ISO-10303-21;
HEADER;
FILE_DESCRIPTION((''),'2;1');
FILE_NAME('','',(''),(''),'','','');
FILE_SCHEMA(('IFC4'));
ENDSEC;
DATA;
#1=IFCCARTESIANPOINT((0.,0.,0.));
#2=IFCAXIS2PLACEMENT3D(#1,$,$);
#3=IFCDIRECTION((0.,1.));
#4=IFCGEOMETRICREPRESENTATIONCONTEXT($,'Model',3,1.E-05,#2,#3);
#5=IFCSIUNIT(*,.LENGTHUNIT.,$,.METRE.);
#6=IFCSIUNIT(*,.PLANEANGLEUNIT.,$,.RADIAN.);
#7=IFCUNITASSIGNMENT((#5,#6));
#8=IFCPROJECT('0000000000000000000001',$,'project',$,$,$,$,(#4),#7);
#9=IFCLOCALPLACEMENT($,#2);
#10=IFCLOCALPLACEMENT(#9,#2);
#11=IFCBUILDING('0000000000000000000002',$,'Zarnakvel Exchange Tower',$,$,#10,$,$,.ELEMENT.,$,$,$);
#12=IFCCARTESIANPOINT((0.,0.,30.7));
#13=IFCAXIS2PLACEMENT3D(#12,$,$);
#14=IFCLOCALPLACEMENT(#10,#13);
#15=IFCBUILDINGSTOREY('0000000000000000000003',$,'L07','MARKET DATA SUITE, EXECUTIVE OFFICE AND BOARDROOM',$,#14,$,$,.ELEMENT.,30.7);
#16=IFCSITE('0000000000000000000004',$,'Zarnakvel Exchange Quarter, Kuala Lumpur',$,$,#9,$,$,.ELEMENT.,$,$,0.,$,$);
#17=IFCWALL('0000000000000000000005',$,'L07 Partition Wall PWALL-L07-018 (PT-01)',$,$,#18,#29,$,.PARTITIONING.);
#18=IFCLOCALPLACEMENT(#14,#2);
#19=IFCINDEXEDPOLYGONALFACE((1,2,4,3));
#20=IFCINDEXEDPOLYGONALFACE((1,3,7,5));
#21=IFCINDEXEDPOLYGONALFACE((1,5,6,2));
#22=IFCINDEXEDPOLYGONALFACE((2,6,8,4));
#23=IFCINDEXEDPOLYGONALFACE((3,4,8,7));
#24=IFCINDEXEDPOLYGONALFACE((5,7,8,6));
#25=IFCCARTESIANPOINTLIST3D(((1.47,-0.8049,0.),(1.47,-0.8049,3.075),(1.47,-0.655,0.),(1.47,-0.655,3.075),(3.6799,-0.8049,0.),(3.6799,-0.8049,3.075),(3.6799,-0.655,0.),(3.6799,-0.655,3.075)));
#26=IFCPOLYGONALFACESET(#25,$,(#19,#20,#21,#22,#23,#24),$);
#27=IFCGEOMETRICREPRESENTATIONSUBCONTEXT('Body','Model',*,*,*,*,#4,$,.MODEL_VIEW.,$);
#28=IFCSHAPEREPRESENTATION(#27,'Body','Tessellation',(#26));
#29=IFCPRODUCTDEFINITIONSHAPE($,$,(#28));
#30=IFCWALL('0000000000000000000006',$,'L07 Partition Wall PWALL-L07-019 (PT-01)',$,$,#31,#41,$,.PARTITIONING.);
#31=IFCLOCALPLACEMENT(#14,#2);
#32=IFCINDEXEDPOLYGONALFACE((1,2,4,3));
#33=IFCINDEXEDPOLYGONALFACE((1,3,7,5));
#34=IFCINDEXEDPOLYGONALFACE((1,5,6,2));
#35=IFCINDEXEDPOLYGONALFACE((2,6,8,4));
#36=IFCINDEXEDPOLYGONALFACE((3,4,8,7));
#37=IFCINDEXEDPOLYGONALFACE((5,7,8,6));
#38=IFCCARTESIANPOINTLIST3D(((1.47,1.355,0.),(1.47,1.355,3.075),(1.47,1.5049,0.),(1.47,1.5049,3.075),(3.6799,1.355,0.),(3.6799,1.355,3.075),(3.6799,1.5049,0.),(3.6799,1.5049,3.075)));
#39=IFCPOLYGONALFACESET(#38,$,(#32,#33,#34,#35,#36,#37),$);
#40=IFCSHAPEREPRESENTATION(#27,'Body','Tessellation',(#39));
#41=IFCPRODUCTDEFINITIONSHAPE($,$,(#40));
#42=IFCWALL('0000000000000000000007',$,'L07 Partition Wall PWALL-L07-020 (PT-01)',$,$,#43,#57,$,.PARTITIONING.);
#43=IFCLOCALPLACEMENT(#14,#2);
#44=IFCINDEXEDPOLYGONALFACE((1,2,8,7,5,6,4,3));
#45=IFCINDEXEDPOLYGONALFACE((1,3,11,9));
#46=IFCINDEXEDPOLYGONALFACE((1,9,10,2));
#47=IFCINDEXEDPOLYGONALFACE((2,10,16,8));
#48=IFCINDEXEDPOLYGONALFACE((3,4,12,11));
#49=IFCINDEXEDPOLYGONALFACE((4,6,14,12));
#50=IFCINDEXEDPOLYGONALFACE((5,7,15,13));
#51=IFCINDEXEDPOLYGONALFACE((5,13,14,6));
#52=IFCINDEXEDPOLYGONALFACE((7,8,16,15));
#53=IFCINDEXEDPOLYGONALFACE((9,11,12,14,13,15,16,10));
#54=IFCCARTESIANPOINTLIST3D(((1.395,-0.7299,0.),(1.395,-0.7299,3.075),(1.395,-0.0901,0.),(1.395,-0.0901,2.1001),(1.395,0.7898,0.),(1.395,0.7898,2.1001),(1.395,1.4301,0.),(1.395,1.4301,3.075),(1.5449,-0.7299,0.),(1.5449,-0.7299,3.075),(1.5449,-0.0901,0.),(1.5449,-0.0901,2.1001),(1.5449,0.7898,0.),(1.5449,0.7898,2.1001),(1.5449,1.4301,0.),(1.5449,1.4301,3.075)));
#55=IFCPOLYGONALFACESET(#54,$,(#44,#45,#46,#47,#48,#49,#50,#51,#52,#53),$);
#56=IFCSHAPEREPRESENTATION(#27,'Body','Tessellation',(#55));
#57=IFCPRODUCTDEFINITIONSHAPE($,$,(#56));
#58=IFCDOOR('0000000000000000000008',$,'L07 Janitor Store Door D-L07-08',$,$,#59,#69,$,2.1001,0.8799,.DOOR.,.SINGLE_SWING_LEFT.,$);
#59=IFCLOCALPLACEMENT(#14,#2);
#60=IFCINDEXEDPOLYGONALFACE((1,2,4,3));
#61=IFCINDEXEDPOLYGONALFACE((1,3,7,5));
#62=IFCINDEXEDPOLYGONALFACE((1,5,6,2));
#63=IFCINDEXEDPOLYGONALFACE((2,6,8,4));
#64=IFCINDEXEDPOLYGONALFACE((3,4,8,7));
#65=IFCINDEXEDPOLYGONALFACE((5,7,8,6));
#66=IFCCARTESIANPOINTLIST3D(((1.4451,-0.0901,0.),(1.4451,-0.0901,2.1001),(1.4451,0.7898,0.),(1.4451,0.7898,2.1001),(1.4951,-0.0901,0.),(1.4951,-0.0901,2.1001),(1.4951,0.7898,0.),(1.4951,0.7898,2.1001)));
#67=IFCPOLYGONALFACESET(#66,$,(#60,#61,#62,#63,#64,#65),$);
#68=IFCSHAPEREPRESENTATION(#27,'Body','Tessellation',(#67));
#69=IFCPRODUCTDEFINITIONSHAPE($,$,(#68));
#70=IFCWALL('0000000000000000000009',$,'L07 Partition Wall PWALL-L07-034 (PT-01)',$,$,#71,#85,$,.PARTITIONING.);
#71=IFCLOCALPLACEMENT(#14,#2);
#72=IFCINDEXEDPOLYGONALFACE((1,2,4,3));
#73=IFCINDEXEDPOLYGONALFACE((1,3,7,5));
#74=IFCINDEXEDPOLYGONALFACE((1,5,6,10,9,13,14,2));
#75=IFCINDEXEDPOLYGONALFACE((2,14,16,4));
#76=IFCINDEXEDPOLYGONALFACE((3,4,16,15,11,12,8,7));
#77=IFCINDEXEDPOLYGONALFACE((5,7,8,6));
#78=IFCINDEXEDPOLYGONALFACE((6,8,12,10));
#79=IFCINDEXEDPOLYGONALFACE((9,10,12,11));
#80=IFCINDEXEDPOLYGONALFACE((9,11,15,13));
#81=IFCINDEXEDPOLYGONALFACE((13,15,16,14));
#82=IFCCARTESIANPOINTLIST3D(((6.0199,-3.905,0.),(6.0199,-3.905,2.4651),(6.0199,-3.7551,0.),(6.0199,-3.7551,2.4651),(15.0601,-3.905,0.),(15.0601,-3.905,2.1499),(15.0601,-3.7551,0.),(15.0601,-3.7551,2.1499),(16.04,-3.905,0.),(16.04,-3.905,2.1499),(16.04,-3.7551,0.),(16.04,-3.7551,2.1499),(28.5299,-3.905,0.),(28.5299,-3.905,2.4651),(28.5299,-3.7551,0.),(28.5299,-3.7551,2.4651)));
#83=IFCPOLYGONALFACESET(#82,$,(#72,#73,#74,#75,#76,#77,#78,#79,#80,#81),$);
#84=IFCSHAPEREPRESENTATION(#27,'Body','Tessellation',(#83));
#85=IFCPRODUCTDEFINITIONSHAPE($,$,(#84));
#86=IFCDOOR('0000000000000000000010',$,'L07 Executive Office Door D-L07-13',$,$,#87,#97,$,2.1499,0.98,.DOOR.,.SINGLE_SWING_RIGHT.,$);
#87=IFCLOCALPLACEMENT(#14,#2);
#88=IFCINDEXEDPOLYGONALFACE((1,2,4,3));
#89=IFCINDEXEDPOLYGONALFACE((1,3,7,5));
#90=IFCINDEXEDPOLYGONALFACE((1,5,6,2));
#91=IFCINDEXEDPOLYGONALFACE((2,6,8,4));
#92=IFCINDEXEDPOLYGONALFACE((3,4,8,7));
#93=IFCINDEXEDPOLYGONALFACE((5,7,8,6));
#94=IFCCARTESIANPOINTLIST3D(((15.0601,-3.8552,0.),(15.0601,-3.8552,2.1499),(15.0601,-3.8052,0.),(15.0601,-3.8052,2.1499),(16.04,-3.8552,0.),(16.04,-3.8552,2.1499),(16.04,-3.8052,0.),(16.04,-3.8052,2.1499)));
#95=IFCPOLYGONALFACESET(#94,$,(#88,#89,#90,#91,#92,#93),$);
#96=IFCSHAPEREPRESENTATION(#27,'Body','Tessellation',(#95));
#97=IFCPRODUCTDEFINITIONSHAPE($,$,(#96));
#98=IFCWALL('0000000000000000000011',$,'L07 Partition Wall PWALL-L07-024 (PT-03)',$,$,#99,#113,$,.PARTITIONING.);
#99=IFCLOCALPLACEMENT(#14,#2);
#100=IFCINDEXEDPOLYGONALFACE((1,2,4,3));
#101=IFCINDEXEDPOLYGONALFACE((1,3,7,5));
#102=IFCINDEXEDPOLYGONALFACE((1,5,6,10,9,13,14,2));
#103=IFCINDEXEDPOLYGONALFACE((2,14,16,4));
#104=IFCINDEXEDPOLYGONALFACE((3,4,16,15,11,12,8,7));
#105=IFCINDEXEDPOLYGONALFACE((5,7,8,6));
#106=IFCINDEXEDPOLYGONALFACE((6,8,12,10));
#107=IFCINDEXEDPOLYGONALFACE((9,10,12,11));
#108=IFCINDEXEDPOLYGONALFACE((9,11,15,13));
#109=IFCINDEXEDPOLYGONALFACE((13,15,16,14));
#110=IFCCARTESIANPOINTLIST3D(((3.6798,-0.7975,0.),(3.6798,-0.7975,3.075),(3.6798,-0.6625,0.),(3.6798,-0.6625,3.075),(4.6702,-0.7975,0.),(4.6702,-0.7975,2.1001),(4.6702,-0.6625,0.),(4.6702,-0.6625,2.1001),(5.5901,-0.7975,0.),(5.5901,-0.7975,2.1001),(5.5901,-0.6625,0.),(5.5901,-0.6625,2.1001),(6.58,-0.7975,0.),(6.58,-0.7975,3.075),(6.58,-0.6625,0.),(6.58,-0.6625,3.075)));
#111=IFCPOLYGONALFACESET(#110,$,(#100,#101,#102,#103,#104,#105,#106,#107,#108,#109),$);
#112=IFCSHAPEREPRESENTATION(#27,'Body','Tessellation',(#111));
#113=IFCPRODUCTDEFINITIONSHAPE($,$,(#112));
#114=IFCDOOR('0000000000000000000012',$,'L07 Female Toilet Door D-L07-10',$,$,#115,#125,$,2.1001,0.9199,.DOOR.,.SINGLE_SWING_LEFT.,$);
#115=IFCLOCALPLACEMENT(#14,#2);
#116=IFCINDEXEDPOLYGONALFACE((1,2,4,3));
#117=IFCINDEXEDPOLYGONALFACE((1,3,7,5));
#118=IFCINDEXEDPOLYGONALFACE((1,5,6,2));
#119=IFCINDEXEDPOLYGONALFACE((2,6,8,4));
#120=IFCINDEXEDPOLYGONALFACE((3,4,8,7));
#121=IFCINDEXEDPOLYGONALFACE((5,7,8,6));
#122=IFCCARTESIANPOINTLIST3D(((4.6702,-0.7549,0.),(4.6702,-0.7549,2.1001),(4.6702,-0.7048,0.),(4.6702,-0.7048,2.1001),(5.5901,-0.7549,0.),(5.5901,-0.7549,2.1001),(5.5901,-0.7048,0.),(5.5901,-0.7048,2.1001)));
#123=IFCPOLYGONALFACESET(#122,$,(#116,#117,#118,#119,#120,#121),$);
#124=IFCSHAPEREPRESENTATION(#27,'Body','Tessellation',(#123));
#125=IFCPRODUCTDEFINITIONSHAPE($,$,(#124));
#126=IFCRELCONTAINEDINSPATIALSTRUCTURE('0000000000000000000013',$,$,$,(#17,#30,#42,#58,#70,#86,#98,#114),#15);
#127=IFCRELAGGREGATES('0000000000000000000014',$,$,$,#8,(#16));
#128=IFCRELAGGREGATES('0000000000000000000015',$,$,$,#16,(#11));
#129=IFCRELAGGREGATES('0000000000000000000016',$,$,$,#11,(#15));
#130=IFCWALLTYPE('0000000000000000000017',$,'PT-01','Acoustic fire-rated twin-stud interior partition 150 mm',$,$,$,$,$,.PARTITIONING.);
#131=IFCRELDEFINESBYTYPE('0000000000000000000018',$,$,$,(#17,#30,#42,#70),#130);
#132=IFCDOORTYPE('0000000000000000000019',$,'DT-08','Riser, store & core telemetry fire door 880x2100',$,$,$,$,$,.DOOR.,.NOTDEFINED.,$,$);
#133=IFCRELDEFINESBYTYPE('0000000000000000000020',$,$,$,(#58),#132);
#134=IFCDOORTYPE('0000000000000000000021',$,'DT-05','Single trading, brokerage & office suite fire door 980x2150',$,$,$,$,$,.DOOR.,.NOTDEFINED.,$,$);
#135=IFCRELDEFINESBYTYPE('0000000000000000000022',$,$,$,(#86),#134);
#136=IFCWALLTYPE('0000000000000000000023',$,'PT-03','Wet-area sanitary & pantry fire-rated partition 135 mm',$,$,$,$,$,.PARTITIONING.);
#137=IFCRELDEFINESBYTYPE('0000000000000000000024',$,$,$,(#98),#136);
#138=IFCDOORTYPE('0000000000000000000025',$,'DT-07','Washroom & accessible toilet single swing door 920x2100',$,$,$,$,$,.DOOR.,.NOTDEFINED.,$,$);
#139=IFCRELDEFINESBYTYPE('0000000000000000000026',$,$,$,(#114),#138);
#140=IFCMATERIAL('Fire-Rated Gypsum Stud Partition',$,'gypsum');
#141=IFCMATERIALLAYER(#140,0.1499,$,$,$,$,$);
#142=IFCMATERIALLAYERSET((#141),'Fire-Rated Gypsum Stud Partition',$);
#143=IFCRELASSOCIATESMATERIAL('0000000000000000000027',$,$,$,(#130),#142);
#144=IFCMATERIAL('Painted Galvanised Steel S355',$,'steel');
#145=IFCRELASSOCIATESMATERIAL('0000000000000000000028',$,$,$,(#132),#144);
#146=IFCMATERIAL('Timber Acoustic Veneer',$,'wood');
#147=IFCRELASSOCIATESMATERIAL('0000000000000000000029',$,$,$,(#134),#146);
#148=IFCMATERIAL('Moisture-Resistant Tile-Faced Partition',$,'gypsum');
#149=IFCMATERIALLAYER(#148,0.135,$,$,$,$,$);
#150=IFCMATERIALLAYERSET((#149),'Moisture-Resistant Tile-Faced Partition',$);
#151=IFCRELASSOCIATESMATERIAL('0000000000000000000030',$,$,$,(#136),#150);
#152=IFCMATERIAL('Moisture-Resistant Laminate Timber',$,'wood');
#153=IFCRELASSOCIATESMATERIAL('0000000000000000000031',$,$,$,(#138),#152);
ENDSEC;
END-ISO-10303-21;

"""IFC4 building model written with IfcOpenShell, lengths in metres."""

from ifc_helpers import new_model, si_unit, direction, frame, frame_2d, origin, place, context, subcontext, project, spatial, rectangle, extrude, source, transform, mapped, material, layer, layer_set, type_object, element, fill, save


model = new_model("IFC4")

# Units and contexts
model_context = context("Model", 3, precision=1e-05, world=origin(), true_north=direction((0.0, 1.0)))
body_context = subcontext(model_context, "Body", "Model", "MODEL_VIEW")
ifc_project = project(units=[si_unit("LENGTHUNIT", "METRE"), si_unit("PLANEANGLEUNIT", "RADIAN")], contexts=[model_context])

# Site, building, storey
site_placement = place(None, origin())
site = spatial("IfcSite", under=ifc_project, at=site_placement, Name="Zarnakvel Exchange Quarter, Kuala Lumpur", CompositionType="ELEMENT", RefElevation=0.0)
building_placement = place(site_placement, origin())
building = spatial("IfcBuilding", under=site, at=building_placement, Name="Zarnakvel Exchange Tower", CompositionType="ELEMENT")
storey_placement = place(building_placement, frame((0.0, 0.0, 30.7)))
storey = spatial("IfcBuildingStorey", under=building, at=storey_placement, Name="L07", Description="MARKET DATA SUITE, EXECUTIVE OFFICE AND BOARDROOM", CompositionType="ELEMENT", Elevation=30.7)

# Walls
ifc_material_1 = material(Name="Fire-Rated Gypsum Stud Partition", Category="gypsum")
ifc_layer_1 = layer(ifc_material_1, 0.1499)
ifc_layer_set_1 = layer_set([ifc_layer_1], Name="Fire-Rated Gypsum Stud Partition")
wall_type_1 = type_object("IfcWallType", Name="PT-01", Description="Acoustic fire-rated twin-stud interior partition 150 mm", PredefinedType="PARTITIONING", material=ifc_layer_set_1)
for number, where, z_axis, x_axis, name in (
    (1, (3.6799, -0.73, 0.0), (0.0, 0.0, 1.0), (-1.0, 0.0, 0.0), "L07 Partition Wall PWALL-L07-018 (PT-01)"),
    (2, (1.47, 1.4299, 0.0), (0.0, 0.0, 1.0), (1.0, 0.0, 0.0), "L07 Partition Wall PWALL-L07-019 (PT-01)"),
):
    element("IfcWall", number, at=place(storey_placement, frame(where, z_axis=z_axis, x_axis=x_axis)), inside=storey, type_object=wall_type_1, Name=name, PredefinedType="PARTITIONING", context=body_context, shape_type="SweptSolid", body=[
        extrude(rectangle(XDim=2.21, YDim=0.1499, at=frame_2d((1.105, 0.0))), origin(), (0.0, 0.0, 1.0), 3.075),
    ])

# Walls, openings, doors
wall_1_placement = place(storey_placement, frame((1.47, -0.73, 0.0), z_axis=(0.0, 0.0, 1.0), x_axis=(0.0, 1.0, 0.0)))
wall_1 = element("IfcWall", 3, at=wall_1_placement, inside=storey, type_object=wall_type_1, Name="L07 Partition Wall PWALL-L07-020 (PT-01)", PredefinedType="PARTITIONING", context=body_context, shape_type="SweptSolid", body=[
    extrude(rectangle(XDim=2.1599, YDim=0.1499, at=frame_2d((1.0801, 0.0))), origin(), (0.0, 0.0, 1.0), 3.075),
])
opening_1_placement = place(wall_1_placement, frame((0.6399, 0.0, 0.0)))
opening_1 = element("IfcOpeningElement", 4, at=opening_1_placement, cuts=wall_1, PredefinedType="OPENING", context=body_context, shape_type="SweptSolid", body=[
    extrude(rectangle(XDim=0.8799, YDim=2.1001, at=frame_2d((0.4399, 1.05))), frame((0.0, 0.085, 0.0), z_axis=(0.0, -1.0, 0.0), x_axis=(1.0, 0.0, 0.0)), (0.0, 0.0, 1.0), 0.1699),
])
ifc_material_2 = material(Name="Painted Galvanised Steel S355", Category="steel")
door_type_1 = type_object("IfcDoorType", Name="DT-08", Description="Riser, store & core telemetry fire door 880x2100", OperationType="NOTDEFINED", PredefinedType="DOOR", material=ifc_material_2)
shared_shape_1 = source(origin(), body_context, "Body", "SweptSolid", [
    extrude(rectangle(XDim=0.8799, YDim=2.1001, at=frame_2d((0.4399, 1.05))), frame((0.0, 0.0249, 0.0), z_axis=(0.0, -1.0, 0.0), x_axis=(1.0, 0.0, 0.0)), (0.0, 0.0, 1.0), 0.05),
])
door_1_placement = place(opening_1_placement, origin())
door_1 = element("IfcDoor", 5, at=door_1_placement, inside=storey, type_object=door_type_1, Name="L07 Janitor Store Door D-L07-08", OperationType="SINGLE_SWING_LEFT", OverallHeight=2.1001, OverallWidth=0.8799, PredefinedType="DOOR", context=body_context, shape_type="MappedRepresentation", body=[
    mapped(shared_shape_1, transform((0.0, 0.0, 0.0), x_axis=(1.0, 0.0, 0.0), y_axis=(0.0, 1.0, 0.0), z_axis=(0.0, 0.0, 1.0), scale=1.0)),
])
fill(opening_1, door_1)
wall_2_placement = place(storey_placement, frame((6.02, -3.8301, 0.0), z_axis=(0.0, 0.0, 1.0), x_axis=(1.0, 0.0, 0.0)))
wall_2 = element("IfcWall", 6, at=wall_2_placement, inside=storey, type_object=wall_type_1, Name="L07 Partition Wall PWALL-L07-034 (PT-01)", PredefinedType="PARTITIONING", context=body_context, shape_type="SweptSolid", body=[
    extrude(rectangle(XDim=22.51, YDim=0.1499, at=frame_2d((11.2549, 0.0))), origin(), (0.0, 0.0, 1.0), 2.4651),
])
opening_2_placement = place(wall_2_placement, frame((9.04, 0.0, 0.0)))
opening_2 = element("IfcOpeningElement", 7, at=opening_2_placement, cuts=wall_2, PredefinedType="OPENING", context=body_context, shape_type="SweptSolid", body=[
    extrude(rectangle(XDim=0.98, YDim=2.1499, at=frame_2d((0.49, 1.075))), frame((0.0, 0.085, 0.0), z_axis=(0.0, -1.0, 0.0), x_axis=(1.0, 0.0, 0.0)), (0.0, 0.0, 1.0), 0.1699),
])
ifc_material_3 = material(Name="Timber Acoustic Veneer", Category="wood")
door_type_2 = type_object("IfcDoorType", Name="DT-05", Description="Single trading, brokerage & office suite fire door 980x2150", OperationType="NOTDEFINED", PredefinedType="DOOR", material=ifc_material_3)
shared_shape_2 = source(origin(), body_context, "Body", "SweptSolid", [
    extrude(rectangle(XDim=0.98, YDim=2.1499, at=frame_2d((0.49, 1.075))), frame((0.0, 0.0249, 0.0), z_axis=(0.0, -1.0, 0.0), x_axis=(1.0, 0.0, 0.0)), (0.0, 0.0, 1.0), 0.05),
])
door_2_placement = place(opening_2_placement, origin())
door_2 = element("IfcDoor", 8, at=door_2_placement, inside=storey, type_object=door_type_2, Name="L07 Executive Office Door D-L07-13", OperationType="SINGLE_SWING_RIGHT", OverallHeight=2.1499, OverallWidth=0.98, PredefinedType="DOOR", context=body_context, shape_type="MappedRepresentation", body=[
    mapped(shared_shape_2, transform((0.0, 0.0, 0.0), x_axis=(1.0, 0.0, 0.0), y_axis=(0.0, 1.0, 0.0), z_axis=(0.0, 0.0, 1.0), scale=1.0)),
])
fill(opening_2, door_2)
ifc_material_4 = material(Name="Moisture-Resistant Tile-Faced Partition", Category="gypsum")
ifc_layer_2 = layer(ifc_material_4, 0.135)
ifc_layer_set_2 = layer_set([ifc_layer_2], Name="Moisture-Resistant Tile-Faced Partition")
wall_type_2 = type_object("IfcWallType", Name="PT-03", Description="Wet-area sanitary & pantry fire-rated partition 135 mm", PredefinedType="PARTITIONING", material=ifc_layer_set_2)
wall_3_placement = place(storey_placement, frame((6.5801, -0.73, 0.0), z_axis=(0.0, 0.0, 1.0), x_axis=(-1.0, 0.0, 0.0)))
wall_3 = element("IfcWall", 9, at=wall_3_placement, inside=storey, type_object=wall_type_2, Name="L07 Partition Wall PWALL-L07-024 (PT-03)", PredefinedType="PARTITIONING", context=body_context, shape_type="SweptSolid", body=[
    extrude(rectangle(XDim=2.9001, YDim=0.135, at=frame_2d((1.4502, 0.0))), origin(), (0.0, 0.0, 1.0), 3.075),
])
opening_3_placement = place(wall_3_placement, frame((0.99, 0.0, 0.0)))
opening_3 = element("IfcOpeningElement", 10, at=opening_3_placement, cuts=wall_3, PredefinedType="OPENING", context=body_context, shape_type="SweptSolid", body=[
    extrude(rectangle(XDim=0.9199, YDim=2.1001, at=frame_2d((0.46, 1.05))), frame((0.0, 0.0774, 0.0), z_axis=(0.0, -1.0, 0.0), x_axis=(1.0, 0.0, 0.0)), (0.0, 0.0, 1.0), 0.155),
])
ifc_material_5 = material(Name="Moisture-Resistant Laminate Timber", Category="wood")
door_type_3 = type_object("IfcDoorType", Name="DT-07", Description="Washroom & accessible toilet single swing door 920x2100", OperationType="NOTDEFINED", PredefinedType="DOOR", material=ifc_material_5)
shared_shape_3 = source(origin(), body_context, "Body", "SweptSolid", [
    extrude(rectangle(XDim=0.9199, YDim=2.1001, at=frame_2d((0.46, 1.05))), frame((0.0, 0.0249, 0.0), z_axis=(0.0, -1.0, 0.0), x_axis=(1.0, 0.0, 0.0)), (0.0, 0.0, 1.0), 0.05),
])
door_3_placement = place(opening_3_placement, origin())
door_3 = element("IfcDoor", 11, at=door_3_placement, inside=storey, type_object=door_type_3, Name="L07 Female Toilet Door D-L07-10", OperationType="SINGLE_SWING_LEFT", OverallHeight=2.1001, OverallWidth=0.9199, PredefinedType="DOOR", context=body_context, shape_type="MappedRepresentation", body=[
    mapped(shared_shape_3, transform((0.0, 0.0, 0.0), x_axis=(1.0, 0.0, 0.0), y_axis=(0.0, 1.0, 0.0), z_axis=(0.0, 0.0, 1.0), scale=1.0)),
])
fill(opening_3, door_3)

save(model, "model.ifc")
